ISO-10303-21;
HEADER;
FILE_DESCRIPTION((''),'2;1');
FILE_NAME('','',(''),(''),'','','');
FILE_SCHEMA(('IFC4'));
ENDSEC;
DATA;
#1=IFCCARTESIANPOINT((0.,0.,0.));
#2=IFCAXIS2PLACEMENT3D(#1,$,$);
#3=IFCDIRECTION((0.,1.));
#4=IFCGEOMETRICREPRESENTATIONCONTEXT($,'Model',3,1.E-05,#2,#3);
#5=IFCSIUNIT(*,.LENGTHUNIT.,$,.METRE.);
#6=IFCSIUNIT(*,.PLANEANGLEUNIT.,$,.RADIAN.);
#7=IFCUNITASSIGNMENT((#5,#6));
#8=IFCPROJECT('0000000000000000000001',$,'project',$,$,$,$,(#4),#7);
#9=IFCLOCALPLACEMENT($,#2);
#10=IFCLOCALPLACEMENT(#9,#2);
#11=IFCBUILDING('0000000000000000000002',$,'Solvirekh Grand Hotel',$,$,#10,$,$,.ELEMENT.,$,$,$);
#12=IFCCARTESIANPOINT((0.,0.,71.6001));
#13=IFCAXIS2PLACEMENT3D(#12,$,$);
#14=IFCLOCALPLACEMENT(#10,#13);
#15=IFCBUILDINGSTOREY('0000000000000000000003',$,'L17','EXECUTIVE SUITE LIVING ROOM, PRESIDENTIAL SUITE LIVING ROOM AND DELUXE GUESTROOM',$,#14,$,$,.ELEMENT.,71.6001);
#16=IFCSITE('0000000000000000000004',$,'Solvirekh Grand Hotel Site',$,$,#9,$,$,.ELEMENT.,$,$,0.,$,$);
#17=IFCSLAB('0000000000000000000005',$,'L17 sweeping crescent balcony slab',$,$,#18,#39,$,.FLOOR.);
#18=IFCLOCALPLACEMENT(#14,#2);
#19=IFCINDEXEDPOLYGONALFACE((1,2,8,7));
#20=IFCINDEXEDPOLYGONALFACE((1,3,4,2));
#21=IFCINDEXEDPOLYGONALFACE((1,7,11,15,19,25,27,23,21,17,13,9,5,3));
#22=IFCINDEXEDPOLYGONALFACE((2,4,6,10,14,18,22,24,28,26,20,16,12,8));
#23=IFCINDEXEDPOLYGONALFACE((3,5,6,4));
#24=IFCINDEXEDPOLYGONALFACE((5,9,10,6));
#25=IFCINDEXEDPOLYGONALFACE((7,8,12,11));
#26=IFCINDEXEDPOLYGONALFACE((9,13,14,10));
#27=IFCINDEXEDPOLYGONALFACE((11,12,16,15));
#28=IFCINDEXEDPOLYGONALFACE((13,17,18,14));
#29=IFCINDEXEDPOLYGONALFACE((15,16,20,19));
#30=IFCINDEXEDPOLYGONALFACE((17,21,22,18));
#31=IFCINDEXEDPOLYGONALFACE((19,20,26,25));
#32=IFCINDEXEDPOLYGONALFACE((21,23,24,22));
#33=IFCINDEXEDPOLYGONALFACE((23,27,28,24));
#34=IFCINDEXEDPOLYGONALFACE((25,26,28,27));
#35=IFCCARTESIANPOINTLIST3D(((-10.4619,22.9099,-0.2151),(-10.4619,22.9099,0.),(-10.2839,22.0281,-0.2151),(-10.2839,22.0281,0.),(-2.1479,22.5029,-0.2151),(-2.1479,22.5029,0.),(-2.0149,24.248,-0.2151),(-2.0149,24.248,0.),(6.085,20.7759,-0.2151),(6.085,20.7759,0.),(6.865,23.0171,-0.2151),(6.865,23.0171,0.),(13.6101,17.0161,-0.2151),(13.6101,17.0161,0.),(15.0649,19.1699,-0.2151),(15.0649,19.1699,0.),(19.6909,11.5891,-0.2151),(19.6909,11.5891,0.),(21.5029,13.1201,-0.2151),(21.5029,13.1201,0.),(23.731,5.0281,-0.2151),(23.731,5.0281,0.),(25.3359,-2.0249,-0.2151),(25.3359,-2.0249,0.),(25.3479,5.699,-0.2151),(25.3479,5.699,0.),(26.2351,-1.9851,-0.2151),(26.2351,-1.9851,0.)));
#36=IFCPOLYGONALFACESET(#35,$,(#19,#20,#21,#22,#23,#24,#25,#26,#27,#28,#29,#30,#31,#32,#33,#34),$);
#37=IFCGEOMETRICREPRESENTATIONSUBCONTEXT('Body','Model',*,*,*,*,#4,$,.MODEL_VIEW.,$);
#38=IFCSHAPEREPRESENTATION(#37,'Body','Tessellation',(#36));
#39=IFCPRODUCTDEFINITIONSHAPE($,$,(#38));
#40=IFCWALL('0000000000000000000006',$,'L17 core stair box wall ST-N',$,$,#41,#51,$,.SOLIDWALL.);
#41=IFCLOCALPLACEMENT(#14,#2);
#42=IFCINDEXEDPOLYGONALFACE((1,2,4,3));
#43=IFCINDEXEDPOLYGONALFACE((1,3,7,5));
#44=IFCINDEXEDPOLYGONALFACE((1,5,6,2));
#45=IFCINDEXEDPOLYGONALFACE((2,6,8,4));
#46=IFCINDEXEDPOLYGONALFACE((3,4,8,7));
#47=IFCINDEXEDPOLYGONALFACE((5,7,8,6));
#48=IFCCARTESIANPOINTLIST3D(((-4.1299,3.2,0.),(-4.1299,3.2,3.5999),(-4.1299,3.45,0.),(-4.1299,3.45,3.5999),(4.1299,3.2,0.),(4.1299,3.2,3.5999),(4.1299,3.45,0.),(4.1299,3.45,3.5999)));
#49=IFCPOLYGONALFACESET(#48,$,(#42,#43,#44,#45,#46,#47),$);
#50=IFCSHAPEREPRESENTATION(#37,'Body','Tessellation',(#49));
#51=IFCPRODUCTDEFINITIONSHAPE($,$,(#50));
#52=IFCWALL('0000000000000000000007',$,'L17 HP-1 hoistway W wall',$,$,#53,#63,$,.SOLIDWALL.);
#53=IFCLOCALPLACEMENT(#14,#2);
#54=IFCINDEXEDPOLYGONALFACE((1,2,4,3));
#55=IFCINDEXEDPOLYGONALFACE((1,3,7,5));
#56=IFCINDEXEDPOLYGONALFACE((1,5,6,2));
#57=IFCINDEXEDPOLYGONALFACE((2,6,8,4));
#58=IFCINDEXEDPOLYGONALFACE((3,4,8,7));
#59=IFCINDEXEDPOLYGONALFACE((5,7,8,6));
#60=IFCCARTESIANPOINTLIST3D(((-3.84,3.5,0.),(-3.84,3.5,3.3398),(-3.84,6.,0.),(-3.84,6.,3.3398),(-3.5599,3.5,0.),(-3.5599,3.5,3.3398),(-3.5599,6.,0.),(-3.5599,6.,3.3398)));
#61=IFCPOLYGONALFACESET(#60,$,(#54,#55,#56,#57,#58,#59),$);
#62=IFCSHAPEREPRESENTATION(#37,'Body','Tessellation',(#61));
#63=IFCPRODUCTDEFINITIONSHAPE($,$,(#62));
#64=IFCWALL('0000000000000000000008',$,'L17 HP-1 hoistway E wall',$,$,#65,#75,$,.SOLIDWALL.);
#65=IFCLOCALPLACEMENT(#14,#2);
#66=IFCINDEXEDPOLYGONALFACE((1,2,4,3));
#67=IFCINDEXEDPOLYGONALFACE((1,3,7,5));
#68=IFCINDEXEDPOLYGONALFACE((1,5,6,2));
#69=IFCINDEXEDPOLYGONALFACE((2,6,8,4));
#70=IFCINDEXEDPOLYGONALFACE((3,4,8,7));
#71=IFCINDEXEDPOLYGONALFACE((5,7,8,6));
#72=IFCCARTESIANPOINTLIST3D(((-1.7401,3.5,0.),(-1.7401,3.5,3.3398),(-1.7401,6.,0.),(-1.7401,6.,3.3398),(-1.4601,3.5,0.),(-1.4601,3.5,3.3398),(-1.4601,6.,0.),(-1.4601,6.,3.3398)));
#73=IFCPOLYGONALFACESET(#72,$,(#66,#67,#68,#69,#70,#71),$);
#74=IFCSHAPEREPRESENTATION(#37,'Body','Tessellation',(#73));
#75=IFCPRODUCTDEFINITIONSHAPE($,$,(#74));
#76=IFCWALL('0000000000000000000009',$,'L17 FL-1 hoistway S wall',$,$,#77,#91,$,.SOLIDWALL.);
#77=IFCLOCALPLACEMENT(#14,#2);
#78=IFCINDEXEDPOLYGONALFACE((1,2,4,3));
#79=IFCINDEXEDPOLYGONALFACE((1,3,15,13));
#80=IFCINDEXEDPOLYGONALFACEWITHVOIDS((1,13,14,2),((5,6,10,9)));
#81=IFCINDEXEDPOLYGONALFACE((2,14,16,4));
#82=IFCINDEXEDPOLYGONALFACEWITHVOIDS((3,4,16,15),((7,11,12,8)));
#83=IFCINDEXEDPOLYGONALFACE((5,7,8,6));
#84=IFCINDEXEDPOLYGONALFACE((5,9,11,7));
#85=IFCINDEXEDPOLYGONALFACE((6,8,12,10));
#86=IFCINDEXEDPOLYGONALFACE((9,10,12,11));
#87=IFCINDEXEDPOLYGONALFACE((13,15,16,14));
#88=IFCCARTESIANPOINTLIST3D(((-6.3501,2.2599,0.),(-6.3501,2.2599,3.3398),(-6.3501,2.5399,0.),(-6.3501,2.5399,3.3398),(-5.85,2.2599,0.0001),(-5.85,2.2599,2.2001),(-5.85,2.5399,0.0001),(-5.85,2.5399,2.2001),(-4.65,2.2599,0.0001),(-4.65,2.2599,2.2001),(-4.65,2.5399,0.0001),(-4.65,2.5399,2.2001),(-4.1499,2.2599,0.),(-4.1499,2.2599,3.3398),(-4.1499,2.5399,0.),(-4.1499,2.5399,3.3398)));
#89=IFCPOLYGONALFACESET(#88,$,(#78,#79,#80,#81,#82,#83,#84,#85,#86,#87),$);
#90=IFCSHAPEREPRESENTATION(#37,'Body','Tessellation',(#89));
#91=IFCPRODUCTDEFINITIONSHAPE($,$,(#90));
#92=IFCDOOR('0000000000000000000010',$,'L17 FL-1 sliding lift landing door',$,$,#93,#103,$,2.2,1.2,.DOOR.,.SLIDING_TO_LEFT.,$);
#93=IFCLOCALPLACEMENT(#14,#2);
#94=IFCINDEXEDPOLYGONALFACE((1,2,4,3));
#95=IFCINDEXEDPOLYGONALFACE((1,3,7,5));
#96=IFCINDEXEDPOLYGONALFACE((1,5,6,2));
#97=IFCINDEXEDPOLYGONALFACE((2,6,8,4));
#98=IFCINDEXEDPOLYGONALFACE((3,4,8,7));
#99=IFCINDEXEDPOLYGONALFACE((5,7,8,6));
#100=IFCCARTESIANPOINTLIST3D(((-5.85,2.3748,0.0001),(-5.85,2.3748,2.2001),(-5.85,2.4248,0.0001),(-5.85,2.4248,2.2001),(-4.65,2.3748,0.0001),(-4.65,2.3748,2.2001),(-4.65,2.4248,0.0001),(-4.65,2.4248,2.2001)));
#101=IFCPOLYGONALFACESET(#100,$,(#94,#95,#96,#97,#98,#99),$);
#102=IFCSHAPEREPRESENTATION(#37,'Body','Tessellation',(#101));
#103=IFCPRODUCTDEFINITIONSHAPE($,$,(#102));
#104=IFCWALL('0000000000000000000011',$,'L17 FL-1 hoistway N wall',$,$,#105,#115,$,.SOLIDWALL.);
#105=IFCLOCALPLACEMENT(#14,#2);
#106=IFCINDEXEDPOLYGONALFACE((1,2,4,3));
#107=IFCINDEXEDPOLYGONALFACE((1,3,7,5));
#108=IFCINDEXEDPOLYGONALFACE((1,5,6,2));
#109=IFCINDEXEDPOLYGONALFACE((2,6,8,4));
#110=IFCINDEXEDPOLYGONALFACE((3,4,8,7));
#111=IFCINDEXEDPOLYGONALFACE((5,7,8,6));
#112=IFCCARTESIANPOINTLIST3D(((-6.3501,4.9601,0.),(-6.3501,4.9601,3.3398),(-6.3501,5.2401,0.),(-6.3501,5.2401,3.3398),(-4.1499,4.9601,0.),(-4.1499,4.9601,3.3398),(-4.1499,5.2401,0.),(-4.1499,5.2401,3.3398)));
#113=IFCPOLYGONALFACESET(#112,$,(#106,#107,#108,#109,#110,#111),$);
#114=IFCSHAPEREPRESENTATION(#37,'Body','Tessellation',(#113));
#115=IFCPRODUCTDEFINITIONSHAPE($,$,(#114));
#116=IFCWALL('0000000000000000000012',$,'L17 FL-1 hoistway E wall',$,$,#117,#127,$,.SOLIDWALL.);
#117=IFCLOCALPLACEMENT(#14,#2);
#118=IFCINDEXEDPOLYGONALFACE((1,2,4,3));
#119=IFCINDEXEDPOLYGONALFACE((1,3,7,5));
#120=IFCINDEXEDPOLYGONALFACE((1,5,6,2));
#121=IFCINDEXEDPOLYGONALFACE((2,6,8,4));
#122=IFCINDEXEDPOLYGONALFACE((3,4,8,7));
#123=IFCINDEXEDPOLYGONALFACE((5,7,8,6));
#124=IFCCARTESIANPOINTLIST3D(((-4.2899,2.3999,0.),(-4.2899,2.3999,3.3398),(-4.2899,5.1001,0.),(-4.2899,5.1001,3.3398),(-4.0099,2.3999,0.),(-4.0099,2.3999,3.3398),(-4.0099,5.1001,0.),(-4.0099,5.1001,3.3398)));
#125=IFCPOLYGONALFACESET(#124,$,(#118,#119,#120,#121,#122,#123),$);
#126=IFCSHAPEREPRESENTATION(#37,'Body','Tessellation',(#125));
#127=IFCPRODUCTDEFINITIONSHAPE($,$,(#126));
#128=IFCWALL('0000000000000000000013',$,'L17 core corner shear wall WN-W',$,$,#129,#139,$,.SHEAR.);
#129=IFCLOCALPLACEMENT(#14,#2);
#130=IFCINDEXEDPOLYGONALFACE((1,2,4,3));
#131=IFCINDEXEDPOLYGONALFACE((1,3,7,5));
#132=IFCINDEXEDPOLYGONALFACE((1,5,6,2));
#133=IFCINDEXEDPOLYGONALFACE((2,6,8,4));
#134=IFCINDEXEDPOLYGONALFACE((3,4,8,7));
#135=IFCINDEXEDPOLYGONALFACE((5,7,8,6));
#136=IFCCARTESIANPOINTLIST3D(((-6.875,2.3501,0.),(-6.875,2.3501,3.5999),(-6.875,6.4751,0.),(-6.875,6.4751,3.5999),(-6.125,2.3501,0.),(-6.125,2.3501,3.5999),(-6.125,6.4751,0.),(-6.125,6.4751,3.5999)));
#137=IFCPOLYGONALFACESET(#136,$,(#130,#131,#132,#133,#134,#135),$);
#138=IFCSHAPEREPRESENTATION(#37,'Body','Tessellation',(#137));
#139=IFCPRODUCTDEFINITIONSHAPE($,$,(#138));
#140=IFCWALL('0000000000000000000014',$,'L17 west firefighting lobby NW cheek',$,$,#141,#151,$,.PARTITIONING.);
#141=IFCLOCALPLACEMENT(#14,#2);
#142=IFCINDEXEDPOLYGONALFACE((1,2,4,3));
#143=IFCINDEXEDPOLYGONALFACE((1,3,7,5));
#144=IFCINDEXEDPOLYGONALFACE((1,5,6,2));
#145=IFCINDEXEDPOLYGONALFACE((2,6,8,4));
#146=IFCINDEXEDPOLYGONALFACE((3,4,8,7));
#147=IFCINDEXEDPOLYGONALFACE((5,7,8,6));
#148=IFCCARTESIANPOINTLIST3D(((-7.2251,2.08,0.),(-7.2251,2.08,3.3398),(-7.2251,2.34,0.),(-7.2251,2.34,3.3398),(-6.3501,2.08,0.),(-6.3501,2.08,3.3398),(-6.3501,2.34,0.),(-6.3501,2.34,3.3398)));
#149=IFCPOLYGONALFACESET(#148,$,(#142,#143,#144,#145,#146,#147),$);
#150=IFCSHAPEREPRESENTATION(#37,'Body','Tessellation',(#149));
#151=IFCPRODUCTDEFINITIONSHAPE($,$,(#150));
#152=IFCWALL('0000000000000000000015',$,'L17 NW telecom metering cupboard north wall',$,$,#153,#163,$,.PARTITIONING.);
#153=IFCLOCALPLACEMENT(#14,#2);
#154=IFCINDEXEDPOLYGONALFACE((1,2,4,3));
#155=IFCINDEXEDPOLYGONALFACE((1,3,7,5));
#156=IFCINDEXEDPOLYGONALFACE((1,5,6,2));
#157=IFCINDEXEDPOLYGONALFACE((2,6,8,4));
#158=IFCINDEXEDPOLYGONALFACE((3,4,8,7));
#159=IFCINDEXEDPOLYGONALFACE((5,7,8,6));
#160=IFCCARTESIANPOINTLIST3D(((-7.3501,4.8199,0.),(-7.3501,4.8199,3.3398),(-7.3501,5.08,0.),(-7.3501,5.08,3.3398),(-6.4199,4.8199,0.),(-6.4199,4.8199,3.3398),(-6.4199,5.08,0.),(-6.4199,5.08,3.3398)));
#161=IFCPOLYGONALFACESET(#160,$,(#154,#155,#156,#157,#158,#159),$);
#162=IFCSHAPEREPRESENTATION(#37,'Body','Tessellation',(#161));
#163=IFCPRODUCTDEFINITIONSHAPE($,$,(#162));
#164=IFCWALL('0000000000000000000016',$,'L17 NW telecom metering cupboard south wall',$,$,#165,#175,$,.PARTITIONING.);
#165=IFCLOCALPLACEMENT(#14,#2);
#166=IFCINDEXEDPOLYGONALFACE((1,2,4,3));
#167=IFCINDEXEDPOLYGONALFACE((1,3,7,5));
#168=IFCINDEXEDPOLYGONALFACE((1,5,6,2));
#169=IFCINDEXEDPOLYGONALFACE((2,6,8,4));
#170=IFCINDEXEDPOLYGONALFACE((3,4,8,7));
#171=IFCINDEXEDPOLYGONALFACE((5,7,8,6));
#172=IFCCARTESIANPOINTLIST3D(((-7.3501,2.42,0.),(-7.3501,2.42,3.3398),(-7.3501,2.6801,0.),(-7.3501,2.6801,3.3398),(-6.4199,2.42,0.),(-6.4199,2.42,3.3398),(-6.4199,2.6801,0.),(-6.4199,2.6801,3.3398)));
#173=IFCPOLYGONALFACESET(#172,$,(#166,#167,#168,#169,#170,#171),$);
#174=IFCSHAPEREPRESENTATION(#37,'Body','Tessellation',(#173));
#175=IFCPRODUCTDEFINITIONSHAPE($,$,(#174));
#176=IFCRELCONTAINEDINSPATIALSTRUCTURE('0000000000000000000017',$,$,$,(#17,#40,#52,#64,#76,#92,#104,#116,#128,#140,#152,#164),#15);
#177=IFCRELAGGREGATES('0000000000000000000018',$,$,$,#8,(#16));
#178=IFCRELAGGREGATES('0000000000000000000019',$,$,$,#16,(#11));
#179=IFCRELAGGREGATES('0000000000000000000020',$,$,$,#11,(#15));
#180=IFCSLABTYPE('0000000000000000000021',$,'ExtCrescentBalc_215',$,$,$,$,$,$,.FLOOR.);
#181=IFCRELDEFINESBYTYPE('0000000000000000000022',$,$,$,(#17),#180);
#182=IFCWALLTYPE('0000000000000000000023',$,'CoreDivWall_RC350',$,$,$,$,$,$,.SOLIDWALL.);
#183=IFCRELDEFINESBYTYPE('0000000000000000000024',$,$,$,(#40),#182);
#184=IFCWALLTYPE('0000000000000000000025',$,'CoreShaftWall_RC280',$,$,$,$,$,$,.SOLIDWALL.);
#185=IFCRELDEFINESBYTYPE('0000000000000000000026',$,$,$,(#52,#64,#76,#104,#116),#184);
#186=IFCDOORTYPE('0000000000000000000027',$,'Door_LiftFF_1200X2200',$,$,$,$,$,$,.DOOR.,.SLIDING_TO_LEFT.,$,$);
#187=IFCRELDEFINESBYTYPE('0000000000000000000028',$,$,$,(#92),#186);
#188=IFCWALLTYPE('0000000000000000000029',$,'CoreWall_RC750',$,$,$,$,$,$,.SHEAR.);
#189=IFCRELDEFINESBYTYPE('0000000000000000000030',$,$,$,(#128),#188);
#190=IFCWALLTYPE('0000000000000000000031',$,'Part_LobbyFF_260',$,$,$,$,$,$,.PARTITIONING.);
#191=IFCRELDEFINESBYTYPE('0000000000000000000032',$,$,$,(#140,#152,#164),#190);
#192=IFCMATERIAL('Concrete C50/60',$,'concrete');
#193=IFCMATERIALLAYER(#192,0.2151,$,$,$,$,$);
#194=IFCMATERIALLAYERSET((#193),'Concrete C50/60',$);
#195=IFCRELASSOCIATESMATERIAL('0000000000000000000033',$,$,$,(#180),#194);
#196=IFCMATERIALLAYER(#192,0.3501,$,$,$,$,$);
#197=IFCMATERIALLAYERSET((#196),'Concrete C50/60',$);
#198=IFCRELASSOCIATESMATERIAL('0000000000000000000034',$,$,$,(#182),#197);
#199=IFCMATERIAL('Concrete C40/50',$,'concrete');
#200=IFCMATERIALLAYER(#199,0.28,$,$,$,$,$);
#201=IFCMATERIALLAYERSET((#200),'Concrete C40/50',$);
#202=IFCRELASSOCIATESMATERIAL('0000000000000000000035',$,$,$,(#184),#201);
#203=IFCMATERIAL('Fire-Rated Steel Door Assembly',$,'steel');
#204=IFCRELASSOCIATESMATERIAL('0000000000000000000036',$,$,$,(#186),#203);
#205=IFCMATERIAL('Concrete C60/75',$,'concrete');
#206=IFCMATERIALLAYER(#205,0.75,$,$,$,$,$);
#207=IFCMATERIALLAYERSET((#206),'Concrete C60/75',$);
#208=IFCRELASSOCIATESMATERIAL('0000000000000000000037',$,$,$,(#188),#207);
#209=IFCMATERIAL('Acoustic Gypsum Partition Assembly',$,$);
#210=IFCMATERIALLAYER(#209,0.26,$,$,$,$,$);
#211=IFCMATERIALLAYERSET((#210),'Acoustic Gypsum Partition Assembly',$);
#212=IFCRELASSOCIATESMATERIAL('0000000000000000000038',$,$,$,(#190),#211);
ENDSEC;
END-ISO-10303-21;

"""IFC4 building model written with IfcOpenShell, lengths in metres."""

from ifc_helpers import new_model, si_unit, direction, frame, frame_2d, origin, place, context, subcontext, project, spatial, polyline, rectangle, outline, extrude, material, layer, layer_set, type_object, element, fill, save


model = new_model("IFC4")

# Units and contexts
model_context = context("Model", 3, precision=1e-05, world=origin(), true_north=direction((0.0, 1.0)))
body_context = subcontext(model_context, "Body", "Model", "MODEL_VIEW")
ifc_project = project(units=[si_unit("LENGTHUNIT", "METRE"), si_unit("PLANEANGLEUNIT", "RADIAN")], contexts=[model_context])

# Site, building, storey
site_placement = place(None, origin())
site = spatial("IfcSite", under=ifc_project, at=site_placement, Name="Solvirekh Grand Hotel Site", CompositionType="ELEMENT", RefElevation=0.0)
building_placement = place(site_placement, origin())
building = spatial("IfcBuilding", under=site, at=building_placement, Name="Solvirekh Grand Hotel", CompositionType="ELEMENT")
storey_placement = place(building_placement, frame((0.0, 0.0, 71.6001)))
storey = spatial("IfcBuildingStorey", under=building, at=storey_placement, Name="L17", Description="EXECUTIVE SUITE LIVING ROOM, PRESIDENTIAL SUITE LIVING ROOM AND DELUXE GUESTROOM", CompositionType="ELEMENT", Elevation=71.6001)

# Slab
ifc_material_1 = material(Name="Concrete C50/60", Category="concrete")
ifc_layer_1 = layer(ifc_material_1, 0.2151)
ifc_layer_set_1 = layer_set([ifc_layer_1], Name="Concrete C50/60")
slab_type = type_object("IfcSlabType", Name="ExtCrescentBalc_215", PredefinedType="FLOOR", material=ifc_layer_set_1)
slab_placement = place(storey_placement, frame((0.0, 0.0, -0.2151)))
element("IfcSlab", 1, at=slab_placement, inside=storey, type_object=slab_type, Name="L17 sweeping crescent balcony slab", PredefinedType="FLOOR", context=body_context, shape_type="SweptSolid", body=[
    extrude(outline(polyline([(26.2351, -1.9851), (25.3479, 5.699), (21.5029, 13.1201), (15.0649, 19.1699), (6.865, 23.0171), (-2.0149, 24.248), (-10.4619, 22.9099), (-10.2839, 22.0281), (-2.1479, 22.5029), (6.085, 20.7759), (13.6101, 17.0161), (19.6909, 11.5891), (23.731, 5.0281), (25.3359, -2.0249), (26.2351, -1.9851)])), origin(), (0.0, 0.0, 1.0), 0.2151),
])

# Walls
ifc_layer_2 = layer(ifc_material_1, 0.3501)
ifc_layer_set_2 = layer_set([ifc_layer_2], Name="Concrete C50/60")
wall_type_1 = type_object("IfcWallType", Name="CoreDivWall_RC350", PredefinedType="SOLIDWALL", material=ifc_layer_set_2)
wall_1_placement = place(storey_placement, frame((-4.1299, 3.325, 0.0), z_axis=(0.0, 0.0, 1.0), x_axis=(1.0, 0.0, 0.0)))
element("IfcWall", 2, at=wall_1_placement, inside=storey, type_object=wall_type_1, Name="L17 core stair box wall ST-N", PredefinedType="SOLIDWALL", context=body_context, shape_type="SweptSolid", body=[
    extrude(rectangle(XDim=8.2598, YDim=0.25, at=frame_2d((4.1299, 0.0))), origin(), (0.0, 0.0, 1.0), 3.5999),
])
ifc_material_2 = material(Name="Concrete C40/50", Category="concrete")
ifc_layer_3 = layer(ifc_material_2, 0.28)
ifc_layer_set_3 = layer_set([ifc_layer_3], Name="Concrete C40/50")
wall_type_2 = type_object("IfcWallType", Name="CoreShaftWall_RC280", PredefinedType="SOLIDWALL", material=ifc_layer_set_3)
for number, where, z_axis, x_axis, name in (
    (3, (-3.7, 6.0, 0.0), (0.0, 0.0, 1.0), (0.0, -1.0, 0.0), "L17 HP-1 hoistway W wall"),
    (4, (-1.6001, 3.5, 0.0), (0.0, 0.0, 1.0), (0.0, 1.0, 0.0), "L17 HP-1 hoistway E wall"),
):
    element("IfcWall", number, at=place(storey_placement, frame(where, z_axis=z_axis, x_axis=x_axis)), inside=storey, type_object=wall_type_2, Name=name, PredefinedType="SOLIDWALL", context=body_context, shape_type="SweptSolid", body=[
        extrude(rectangle(XDim=2.5, YDim=0.28, at=frame_2d((1.25, 0.0))), origin(), (0.0, 0.0, 1.0), 3.3398),
    ])

# Wall, opening, door
wall_2_placement = place(storey_placement, frame((-6.3501, 2.3999, 0.0), z_axis=(0.0, 0.0, 1.0), x_axis=(1.0, 0.0, 0.0)))
wall_2 = element("IfcWall", 5, at=wall_2_placement, inside=storey, type_object=wall_type_2, Name="L17 FL-1 hoistway S wall", PredefinedType="SOLIDWALL", context=body_context, shape_type="SweptSolid", body=[
    extrude(rectangle(XDim=2.2002, YDim=0.28, at=frame_2d((1.1001, 0.0))), origin(), (0.0, 0.0, 1.0), 3.3398),
])
opening_1_placement = place(wall_2_placement, frame((0.5, 0.0, 0.0)))
opening_1 = element("IfcOpeningElement", 6, at=opening_1_placement, cuts=wall_2, PredefinedType="OPENING", context=body_context, shape_type="SweptSolid", body=[
    extrude(rectangle(XDim=1.2, YDim=2.2, at=frame_2d((0.6001, 1.1001))), frame((0.0, 0.1499, 0.0), z_axis=(0.0, -1.0, 0.0), x_axis=(1.0, 0.0, 0.0)), (0.0, 0.0, 1.0), 0.3),
])
ifc_material_3 = material(Name="Fire-Rated Steel Door Assembly", Category="steel")
door_type_1 = type_object("IfcDoorType", Name="Door_LiftFF_1200X2200", OperationType="SLIDING_TO_LEFT", PredefinedType="DOOR", material=ifc_material_3)
door_1_placement = place(opening_1_placement, origin())
door_1 = element("IfcDoor", 7, at=door_1_placement, inside=storey, type_object=door_type_1, Name="L17 FL-1 sliding lift landing door", OperationType="SLIDING_TO_LEFT", OverallHeight=2.2, OverallWidth=1.2, PredefinedType="DOOR", context=body_context, shape_type="SweptSolid", body=[
    extrude(rectangle(XDim=1.2, YDim=2.2, at=frame_2d((0.6001, 1.1001))), frame((0.0, 0.0249, 0.0), z_axis=(0.0, -1.0, 0.0), x_axis=(1.0, 0.0, 0.0)), (0.0, 0.0, 1.0), 0.05),
])
fill(opening_1, door_1)

# Walls
wall_3_placement = place(storey_placement, frame((-4.1499, 5.1001, 0.0), z_axis=(0.0, 0.0, 1.0), x_axis=(-1.0, 0.0, 0.0)))
element("IfcWall", 8, at=wall_3_placement, inside=storey, type_object=wall_type_2, Name="L17 FL-1 hoistway N wall", PredefinedType="SOLIDWALL", context=body_context, shape_type="SweptSolid", body=[
    extrude(rectangle(XDim=2.2002, YDim=0.28, at=frame_2d((1.1001, 0.0))), origin(), (0.0, 0.0, 1.0), 3.3398),
])
wall_4_placement = place(storey_placement, frame((-4.1499, 2.3999, 0.0), z_axis=(0.0, 0.0, 1.0), x_axis=(0.0, 1.0, 0.0)))
element("IfcWall", 9, at=wall_4_placement, inside=storey, type_object=wall_type_2, Name="L17 FL-1 hoistway E wall", PredefinedType="SOLIDWALL", context=body_context, shape_type="SweptSolid", body=[
    extrude(rectangle(XDim=2.7002, YDim=0.28, at=frame_2d((1.3501, 0.0))), origin(), (0.0, 0.0, 1.0), 3.3398),
])
ifc_material_4 = material(Name="Concrete C60/75", Category="concrete")
ifc_layer_4 = layer(ifc_material_4, 0.75)
ifc_layer_set_4 = layer_set([ifc_layer_4], Name="Concrete C60/75")
wall_type_3 = type_object("IfcWallType", Name="CoreWall_RC750", PredefinedType="SHEAR", material=ifc_layer_set_4)
wall_5_placement = place(storey_placement, frame((-6.5, 2.3501, 0.0), z_axis=(0.0, 0.0, 1.0), x_axis=(0.0, 1.0, 0.0)))
element("IfcWall", 10, at=wall_5_placement, inside=storey, type_object=wall_type_3, Name="L17 core corner shear wall WN-W", PredefinedType="SHEAR", context=body_context, shape_type="SweptSolid", body=[
    extrude(rectangle(XDim=4.125, YDim=0.75, at=frame_2d((2.0625, 0.0))), origin(), (0.0, 0.0, 1.0), 3.5999),
])
ifc_material_5 = material(Name="Acoustic Gypsum Partition Assembly")
ifc_layer_5 = layer(ifc_material_5, 0.26)
ifc_layer_set_5 = layer_set([ifc_layer_5], Name="Acoustic Gypsum Partition Assembly")
wall_type_4 = type_object("IfcWallType", Name="Part_LobbyFF_260", PredefinedType="PARTITIONING", material=ifc_layer_set_5)
wall_6_placement = place(storey_placement, frame((-7.2251, 2.21, 0.0), z_axis=(0.0, 0.0, 1.0), x_axis=(1.0, 0.0, 0.0)))
element("IfcWall", 11, at=wall_6_placement, inside=storey, type_object=wall_type_4, Name="L17 west firefighting lobby NW cheek", PredefinedType="PARTITIONING", context=body_context, shape_type="SweptSolid", body=[
    extrude(rectangle(XDim=0.875, YDim=0.26, at=frame_2d((0.4375, 0.0))), origin(), (0.0, 0.0, 1.0), 3.3398),
])
for number, where, z_axis, x_axis, name in (
    (12, (-7.3501, 4.95, 0.0), (0.0, 0.0, 1.0), (1.0, 0.0, 0.0), "L17 NW telecom metering cupboard north wall"),
    (13, (-7.3501, 2.55, 0.0), (0.0, 0.0, 1.0), (1.0, 0.0, 0.0), "L17 NW telecom metering cupboard south wall"),
):
    element("IfcWall", number, at=place(storey_placement, frame(where, z_axis=z_axis, x_axis=x_axis)), inside=storey, type_object=wall_type_4, Name=name, PredefinedType="PARTITIONING", context=body_context, shape_type="SweptSolid", body=[
        extrude(rectangle(XDim=0.9302, YDim=0.26, at=frame_2d((0.4651, 0.0))), origin(), (0.0, 0.0, 1.0), 3.3398),
    ])

save(model, "model.ifc")
